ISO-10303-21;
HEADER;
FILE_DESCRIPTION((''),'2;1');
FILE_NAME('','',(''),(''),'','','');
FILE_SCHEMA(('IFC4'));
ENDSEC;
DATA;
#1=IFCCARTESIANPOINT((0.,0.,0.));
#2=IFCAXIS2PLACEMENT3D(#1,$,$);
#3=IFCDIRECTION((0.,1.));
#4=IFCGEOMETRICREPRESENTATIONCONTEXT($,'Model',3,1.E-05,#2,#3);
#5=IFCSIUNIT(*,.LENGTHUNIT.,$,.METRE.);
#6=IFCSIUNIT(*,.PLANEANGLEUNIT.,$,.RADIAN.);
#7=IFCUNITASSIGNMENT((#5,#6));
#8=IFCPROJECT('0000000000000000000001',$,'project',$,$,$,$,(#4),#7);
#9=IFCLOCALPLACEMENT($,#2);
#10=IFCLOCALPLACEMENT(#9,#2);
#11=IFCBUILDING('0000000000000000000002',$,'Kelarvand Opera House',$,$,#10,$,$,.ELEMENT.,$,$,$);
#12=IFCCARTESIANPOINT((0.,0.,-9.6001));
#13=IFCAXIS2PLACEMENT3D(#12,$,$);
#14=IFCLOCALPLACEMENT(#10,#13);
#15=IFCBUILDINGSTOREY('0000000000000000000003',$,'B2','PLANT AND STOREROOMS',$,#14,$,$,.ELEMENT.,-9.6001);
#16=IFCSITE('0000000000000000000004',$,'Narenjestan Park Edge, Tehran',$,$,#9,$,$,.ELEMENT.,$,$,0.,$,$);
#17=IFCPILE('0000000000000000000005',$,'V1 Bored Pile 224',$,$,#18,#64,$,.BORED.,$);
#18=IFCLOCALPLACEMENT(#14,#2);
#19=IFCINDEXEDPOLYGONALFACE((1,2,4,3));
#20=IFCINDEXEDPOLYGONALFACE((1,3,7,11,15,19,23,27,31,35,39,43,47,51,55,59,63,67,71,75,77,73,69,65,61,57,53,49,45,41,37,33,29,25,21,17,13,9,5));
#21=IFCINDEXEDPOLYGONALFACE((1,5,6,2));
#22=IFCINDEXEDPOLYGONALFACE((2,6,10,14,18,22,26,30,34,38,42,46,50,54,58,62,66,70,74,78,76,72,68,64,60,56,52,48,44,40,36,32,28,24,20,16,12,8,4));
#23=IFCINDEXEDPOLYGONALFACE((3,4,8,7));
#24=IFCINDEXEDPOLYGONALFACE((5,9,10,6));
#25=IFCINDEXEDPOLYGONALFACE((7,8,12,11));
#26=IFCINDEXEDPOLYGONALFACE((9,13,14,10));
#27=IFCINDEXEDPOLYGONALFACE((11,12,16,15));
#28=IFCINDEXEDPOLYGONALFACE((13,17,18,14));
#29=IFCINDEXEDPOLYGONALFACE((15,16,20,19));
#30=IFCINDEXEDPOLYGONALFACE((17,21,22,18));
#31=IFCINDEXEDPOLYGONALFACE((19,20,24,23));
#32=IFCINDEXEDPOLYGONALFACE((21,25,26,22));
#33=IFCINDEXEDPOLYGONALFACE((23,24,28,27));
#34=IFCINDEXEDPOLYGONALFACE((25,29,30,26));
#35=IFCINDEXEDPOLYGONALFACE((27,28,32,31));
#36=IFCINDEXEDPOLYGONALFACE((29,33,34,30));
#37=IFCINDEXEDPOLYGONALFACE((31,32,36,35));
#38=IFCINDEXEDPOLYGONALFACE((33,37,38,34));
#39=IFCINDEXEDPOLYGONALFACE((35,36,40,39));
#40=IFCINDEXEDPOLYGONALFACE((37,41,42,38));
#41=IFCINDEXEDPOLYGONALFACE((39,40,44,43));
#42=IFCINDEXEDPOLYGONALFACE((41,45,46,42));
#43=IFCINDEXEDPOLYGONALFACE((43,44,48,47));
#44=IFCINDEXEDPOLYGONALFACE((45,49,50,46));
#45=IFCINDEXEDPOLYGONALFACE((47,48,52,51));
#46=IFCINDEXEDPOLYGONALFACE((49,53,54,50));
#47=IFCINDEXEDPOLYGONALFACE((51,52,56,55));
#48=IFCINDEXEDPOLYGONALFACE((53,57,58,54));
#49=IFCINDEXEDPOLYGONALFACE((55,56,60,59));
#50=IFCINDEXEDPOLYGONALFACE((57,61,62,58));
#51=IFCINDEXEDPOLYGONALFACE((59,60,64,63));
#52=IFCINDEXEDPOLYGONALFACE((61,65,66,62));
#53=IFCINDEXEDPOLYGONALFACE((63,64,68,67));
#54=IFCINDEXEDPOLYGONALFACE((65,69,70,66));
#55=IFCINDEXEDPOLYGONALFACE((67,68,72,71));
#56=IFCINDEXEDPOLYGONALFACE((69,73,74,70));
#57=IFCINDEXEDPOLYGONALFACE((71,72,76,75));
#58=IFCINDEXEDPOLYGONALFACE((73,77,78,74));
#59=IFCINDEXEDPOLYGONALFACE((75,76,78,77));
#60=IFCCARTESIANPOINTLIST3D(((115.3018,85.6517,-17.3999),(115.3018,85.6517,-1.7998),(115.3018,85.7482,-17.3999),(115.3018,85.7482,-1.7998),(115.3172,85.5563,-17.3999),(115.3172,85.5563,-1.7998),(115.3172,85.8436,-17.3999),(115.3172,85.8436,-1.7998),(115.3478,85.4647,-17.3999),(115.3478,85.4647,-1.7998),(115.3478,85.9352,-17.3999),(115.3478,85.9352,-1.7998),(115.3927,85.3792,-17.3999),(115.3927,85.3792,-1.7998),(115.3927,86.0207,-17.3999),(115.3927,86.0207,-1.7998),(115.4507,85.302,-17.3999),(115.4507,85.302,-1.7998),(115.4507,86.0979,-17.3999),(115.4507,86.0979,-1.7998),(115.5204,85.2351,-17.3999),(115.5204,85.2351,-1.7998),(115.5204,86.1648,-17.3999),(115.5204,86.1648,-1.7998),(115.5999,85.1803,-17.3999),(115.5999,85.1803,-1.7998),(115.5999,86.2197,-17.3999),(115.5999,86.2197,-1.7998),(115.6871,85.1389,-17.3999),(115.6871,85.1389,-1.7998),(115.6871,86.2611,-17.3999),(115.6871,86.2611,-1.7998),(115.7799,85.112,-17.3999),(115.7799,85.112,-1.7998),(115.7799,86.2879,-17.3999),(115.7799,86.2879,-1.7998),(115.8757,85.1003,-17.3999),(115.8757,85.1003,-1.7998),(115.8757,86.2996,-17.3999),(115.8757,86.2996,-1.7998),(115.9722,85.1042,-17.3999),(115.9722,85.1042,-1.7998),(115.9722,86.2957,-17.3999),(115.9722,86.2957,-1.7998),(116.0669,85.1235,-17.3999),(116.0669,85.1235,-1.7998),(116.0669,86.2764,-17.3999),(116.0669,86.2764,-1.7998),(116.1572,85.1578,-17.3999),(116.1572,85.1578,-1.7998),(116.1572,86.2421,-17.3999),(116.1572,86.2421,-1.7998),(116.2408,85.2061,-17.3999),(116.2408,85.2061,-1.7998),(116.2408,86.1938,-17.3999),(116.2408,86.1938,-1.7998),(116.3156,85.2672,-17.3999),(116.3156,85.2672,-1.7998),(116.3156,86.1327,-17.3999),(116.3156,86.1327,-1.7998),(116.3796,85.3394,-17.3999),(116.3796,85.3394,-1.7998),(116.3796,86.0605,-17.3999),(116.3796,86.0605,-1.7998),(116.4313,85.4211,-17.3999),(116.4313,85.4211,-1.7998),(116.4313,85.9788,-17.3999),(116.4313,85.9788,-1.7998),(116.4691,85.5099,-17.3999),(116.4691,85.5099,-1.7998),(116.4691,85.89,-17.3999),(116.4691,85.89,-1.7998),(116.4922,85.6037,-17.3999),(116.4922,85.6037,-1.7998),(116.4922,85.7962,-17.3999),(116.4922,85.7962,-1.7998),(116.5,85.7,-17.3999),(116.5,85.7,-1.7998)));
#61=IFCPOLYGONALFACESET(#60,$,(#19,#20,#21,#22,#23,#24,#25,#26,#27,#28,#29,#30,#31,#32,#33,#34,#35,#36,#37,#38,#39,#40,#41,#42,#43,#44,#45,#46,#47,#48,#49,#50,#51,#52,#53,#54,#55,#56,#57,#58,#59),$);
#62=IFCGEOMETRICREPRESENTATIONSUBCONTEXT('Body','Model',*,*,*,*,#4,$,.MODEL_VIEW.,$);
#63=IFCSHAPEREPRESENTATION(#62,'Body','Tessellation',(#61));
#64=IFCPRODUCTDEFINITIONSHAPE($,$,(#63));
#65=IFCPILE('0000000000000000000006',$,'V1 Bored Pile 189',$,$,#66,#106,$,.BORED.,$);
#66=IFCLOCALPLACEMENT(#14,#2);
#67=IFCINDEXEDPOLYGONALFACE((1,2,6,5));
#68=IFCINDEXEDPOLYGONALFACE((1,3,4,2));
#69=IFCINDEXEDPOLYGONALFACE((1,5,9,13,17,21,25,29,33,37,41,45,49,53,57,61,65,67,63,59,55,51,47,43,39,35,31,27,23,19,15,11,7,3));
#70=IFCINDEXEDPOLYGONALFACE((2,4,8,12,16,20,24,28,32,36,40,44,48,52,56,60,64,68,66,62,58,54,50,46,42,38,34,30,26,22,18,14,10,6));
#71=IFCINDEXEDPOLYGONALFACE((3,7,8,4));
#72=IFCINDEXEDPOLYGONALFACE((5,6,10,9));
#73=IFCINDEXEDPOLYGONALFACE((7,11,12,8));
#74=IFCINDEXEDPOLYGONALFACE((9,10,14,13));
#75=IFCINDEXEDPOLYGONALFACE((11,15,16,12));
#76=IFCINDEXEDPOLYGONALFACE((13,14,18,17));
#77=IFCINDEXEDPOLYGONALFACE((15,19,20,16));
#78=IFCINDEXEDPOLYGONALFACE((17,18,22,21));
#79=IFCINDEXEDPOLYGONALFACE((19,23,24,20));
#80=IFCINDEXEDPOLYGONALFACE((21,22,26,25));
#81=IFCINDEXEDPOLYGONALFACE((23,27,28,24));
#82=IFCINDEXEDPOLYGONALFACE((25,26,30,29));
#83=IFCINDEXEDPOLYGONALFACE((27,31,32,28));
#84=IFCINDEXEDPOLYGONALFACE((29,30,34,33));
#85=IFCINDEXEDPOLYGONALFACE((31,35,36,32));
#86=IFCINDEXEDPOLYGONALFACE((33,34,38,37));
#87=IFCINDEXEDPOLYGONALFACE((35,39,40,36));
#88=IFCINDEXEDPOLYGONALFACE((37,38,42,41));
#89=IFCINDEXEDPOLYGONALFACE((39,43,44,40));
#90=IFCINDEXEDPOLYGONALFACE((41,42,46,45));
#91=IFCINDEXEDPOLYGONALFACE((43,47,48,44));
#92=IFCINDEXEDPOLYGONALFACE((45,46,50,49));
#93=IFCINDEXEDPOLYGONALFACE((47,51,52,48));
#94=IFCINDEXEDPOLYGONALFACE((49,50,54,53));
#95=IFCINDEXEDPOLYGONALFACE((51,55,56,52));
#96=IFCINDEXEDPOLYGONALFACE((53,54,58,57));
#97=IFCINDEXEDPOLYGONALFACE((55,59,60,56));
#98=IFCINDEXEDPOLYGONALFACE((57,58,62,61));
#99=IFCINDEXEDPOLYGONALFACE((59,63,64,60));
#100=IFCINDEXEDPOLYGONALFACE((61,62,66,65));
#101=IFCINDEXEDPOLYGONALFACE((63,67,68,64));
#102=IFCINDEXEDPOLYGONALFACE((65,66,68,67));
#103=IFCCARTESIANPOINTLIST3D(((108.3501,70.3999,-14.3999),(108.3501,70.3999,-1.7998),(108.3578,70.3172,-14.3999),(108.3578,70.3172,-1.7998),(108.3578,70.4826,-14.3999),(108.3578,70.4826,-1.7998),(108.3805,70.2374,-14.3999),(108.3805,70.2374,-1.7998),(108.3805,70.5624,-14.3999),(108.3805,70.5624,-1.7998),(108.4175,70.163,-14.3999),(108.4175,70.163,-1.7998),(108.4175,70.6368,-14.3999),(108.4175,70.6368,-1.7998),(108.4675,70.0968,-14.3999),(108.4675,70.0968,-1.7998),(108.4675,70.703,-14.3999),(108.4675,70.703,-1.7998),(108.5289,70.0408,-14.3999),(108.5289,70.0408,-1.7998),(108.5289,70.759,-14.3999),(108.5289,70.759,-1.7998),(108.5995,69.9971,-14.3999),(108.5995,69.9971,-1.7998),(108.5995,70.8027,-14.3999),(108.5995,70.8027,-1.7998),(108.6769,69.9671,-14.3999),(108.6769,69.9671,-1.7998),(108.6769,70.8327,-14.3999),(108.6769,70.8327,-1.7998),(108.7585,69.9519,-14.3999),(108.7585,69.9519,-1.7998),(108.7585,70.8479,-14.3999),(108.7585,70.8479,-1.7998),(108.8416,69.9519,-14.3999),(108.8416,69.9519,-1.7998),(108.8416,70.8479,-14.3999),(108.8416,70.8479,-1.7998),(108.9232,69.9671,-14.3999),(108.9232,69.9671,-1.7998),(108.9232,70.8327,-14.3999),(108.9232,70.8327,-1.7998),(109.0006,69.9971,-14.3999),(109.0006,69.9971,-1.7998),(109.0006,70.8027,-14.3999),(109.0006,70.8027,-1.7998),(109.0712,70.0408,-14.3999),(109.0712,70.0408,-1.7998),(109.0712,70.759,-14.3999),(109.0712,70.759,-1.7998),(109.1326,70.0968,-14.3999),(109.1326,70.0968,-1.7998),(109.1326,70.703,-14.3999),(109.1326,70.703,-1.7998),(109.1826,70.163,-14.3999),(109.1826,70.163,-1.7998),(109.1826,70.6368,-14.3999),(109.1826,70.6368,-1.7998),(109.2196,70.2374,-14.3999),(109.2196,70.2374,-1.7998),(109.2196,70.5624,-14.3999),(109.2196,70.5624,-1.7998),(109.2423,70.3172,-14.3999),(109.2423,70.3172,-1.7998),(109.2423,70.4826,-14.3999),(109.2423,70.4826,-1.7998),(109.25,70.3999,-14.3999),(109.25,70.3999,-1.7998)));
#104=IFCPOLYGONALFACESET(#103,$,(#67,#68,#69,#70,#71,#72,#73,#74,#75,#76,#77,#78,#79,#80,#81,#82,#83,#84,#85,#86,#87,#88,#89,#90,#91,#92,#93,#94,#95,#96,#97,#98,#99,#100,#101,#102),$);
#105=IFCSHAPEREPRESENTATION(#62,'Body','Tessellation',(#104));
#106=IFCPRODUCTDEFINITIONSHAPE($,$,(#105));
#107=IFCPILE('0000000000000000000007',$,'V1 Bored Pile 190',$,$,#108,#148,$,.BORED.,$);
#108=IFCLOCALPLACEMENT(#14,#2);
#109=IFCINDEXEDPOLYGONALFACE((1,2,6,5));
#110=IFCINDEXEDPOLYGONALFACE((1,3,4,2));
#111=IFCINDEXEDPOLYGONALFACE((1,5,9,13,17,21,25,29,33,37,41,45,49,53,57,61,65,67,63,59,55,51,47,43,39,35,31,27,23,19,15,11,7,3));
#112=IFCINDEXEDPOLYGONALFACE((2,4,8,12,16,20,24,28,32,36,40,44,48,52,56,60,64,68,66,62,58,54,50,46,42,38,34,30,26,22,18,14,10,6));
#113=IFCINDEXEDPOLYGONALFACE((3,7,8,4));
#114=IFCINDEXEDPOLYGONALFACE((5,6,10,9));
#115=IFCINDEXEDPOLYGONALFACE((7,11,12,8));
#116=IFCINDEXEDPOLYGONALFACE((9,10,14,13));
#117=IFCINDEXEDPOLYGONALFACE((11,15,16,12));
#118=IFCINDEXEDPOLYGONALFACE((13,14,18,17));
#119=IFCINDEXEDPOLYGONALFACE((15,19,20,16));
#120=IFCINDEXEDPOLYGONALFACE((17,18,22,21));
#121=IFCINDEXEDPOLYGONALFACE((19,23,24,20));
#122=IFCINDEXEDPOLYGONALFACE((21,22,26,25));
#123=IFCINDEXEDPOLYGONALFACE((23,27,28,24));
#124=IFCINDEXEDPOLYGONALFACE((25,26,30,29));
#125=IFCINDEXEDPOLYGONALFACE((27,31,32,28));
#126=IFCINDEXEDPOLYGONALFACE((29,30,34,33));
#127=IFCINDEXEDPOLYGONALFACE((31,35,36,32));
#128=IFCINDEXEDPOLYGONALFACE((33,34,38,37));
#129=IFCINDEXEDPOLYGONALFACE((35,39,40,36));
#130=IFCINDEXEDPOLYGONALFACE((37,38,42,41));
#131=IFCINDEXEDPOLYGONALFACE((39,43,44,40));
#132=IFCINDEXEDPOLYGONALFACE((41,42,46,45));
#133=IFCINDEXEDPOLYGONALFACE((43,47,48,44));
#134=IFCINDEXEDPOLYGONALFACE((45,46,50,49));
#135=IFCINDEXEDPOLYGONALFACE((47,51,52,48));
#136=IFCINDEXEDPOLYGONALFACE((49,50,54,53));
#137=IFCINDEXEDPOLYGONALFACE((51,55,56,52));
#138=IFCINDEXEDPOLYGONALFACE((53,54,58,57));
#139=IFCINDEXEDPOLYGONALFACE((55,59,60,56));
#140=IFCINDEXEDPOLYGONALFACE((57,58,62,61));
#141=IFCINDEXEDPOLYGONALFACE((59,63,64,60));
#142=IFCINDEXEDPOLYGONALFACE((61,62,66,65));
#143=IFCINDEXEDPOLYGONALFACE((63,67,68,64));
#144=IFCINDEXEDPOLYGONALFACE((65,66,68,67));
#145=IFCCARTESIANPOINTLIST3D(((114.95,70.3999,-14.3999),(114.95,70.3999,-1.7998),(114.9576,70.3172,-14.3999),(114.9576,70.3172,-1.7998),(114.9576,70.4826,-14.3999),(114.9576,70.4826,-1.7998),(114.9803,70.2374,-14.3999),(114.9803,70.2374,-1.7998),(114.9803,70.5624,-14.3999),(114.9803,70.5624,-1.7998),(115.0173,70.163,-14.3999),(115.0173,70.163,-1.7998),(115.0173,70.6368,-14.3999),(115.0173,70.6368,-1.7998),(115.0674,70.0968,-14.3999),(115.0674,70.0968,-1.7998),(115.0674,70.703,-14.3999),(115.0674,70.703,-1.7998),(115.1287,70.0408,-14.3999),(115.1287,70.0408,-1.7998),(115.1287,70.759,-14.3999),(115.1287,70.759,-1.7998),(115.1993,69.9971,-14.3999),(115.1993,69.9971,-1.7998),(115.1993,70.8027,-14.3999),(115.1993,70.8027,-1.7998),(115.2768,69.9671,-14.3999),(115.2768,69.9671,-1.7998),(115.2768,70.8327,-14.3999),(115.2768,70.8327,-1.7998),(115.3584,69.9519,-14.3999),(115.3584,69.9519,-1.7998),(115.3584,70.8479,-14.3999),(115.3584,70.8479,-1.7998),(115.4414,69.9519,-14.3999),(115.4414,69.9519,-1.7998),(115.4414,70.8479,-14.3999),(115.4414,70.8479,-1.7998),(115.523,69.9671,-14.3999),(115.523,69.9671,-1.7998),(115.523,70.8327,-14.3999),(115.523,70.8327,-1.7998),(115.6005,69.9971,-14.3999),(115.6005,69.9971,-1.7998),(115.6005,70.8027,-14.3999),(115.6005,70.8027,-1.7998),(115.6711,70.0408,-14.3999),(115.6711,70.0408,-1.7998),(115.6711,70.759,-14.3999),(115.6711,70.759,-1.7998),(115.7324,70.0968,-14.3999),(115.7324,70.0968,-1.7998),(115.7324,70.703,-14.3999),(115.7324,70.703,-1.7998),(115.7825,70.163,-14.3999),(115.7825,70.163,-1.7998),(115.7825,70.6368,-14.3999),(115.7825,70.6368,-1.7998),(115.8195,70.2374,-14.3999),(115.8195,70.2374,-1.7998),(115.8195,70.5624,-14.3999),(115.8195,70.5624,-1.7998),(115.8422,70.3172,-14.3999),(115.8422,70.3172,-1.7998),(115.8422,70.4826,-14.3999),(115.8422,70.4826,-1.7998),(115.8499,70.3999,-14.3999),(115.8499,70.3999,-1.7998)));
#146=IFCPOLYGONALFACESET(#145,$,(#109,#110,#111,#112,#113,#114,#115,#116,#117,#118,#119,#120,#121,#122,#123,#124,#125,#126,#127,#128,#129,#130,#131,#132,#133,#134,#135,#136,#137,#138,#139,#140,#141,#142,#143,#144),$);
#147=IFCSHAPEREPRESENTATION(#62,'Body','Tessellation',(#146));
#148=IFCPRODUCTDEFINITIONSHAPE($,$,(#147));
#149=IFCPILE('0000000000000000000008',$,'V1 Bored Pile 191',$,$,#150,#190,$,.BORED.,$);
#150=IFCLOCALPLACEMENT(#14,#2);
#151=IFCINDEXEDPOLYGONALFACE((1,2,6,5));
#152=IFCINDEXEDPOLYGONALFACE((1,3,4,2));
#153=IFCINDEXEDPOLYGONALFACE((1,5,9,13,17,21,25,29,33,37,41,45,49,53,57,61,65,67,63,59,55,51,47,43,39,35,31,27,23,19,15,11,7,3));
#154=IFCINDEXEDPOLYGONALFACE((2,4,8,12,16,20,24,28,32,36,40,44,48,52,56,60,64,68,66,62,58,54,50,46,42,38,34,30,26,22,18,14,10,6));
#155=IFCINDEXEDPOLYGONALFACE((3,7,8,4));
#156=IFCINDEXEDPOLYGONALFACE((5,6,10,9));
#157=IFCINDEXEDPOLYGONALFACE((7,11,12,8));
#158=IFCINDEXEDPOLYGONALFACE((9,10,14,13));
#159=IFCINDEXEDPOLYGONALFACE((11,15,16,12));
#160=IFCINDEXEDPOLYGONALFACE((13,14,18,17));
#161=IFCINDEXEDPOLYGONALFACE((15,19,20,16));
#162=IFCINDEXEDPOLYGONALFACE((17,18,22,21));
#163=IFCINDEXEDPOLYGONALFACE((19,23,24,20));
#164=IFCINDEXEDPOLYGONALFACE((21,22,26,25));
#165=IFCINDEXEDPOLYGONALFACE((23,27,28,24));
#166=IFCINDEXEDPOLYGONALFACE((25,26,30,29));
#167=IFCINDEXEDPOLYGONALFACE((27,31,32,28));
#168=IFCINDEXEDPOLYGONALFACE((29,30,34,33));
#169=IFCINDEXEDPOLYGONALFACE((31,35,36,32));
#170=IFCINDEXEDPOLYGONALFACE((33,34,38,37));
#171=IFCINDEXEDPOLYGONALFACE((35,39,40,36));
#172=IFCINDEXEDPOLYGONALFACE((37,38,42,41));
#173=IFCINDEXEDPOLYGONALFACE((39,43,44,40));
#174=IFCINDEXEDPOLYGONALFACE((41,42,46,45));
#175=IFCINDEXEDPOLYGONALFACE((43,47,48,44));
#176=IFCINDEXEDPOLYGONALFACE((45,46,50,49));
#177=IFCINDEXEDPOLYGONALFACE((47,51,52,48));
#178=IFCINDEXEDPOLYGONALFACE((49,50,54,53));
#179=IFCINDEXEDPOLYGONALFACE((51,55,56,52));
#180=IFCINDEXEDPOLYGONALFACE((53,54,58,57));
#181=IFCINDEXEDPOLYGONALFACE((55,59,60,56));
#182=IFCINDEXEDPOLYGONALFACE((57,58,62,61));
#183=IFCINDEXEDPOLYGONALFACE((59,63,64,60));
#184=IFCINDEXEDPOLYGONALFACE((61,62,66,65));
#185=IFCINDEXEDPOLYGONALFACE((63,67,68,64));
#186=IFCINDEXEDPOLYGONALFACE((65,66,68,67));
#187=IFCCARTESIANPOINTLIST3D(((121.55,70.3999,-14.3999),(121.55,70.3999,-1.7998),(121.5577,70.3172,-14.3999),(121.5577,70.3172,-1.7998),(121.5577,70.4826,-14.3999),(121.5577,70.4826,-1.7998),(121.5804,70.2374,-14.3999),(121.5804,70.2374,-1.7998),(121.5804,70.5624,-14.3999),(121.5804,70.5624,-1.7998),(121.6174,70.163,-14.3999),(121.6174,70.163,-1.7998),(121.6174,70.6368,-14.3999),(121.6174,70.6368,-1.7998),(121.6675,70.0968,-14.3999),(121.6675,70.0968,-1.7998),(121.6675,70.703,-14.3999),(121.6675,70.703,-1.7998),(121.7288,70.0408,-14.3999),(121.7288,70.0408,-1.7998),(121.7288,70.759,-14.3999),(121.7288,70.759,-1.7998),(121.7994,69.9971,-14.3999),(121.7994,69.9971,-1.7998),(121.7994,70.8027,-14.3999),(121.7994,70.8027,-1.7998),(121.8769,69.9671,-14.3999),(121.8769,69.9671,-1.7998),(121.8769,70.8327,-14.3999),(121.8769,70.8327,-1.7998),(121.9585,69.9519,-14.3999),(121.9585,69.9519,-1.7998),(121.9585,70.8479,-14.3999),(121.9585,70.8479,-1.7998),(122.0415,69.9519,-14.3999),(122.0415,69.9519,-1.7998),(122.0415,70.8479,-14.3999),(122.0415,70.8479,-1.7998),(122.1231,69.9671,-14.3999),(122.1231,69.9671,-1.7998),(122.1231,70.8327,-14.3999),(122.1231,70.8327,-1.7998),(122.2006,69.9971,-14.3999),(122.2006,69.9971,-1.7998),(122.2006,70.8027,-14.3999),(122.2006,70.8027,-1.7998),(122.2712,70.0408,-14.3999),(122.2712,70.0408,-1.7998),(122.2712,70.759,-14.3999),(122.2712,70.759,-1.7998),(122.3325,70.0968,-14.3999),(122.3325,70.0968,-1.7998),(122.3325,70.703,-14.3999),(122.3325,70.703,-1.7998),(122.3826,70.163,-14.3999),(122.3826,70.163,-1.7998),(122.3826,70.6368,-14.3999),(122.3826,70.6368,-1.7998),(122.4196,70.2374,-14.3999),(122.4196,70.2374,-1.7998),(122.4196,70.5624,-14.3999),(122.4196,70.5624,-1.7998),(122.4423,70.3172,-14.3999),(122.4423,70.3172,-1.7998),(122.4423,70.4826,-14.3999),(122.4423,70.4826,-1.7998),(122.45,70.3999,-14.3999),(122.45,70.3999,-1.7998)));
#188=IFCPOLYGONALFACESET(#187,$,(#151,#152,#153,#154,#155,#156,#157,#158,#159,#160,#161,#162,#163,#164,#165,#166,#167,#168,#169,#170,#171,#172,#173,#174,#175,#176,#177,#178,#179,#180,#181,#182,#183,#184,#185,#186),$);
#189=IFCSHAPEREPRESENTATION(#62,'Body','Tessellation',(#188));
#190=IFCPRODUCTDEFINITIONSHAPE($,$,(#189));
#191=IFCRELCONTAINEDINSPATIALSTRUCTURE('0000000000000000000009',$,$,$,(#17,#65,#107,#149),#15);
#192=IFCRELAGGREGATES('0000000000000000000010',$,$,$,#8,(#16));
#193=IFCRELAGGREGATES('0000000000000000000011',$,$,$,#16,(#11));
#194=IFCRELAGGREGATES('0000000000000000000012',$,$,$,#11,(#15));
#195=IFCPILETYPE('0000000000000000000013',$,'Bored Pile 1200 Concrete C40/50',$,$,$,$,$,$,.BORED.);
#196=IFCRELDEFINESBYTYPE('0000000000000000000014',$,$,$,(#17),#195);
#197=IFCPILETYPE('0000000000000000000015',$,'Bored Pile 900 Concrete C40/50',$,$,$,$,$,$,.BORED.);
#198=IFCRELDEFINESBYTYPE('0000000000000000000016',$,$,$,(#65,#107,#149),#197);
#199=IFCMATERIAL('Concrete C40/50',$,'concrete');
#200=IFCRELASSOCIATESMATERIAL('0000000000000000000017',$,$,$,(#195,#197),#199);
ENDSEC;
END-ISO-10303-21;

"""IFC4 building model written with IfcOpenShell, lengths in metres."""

from ifc_helpers import new_model, si_unit, direction, frame, origin, origin_2d, place, context, subcontext, project, spatial, circle, extrude, material, material_profile, profile_set, type_object, element, save


model = new_model("IFC4")

# Units and contexts
model_context = context("Model", 3, precision=1e-05, world=origin(), true_north=direction((0.0, 1.0)))
body_context = subcontext(model_context, "Body", "Model", "MODEL_VIEW")
ifc_project = project(units=[si_unit("LENGTHUNIT", "METRE"), si_unit("PLANEANGLEUNIT", "RADIAN")], contexts=[model_context])

# Site, building, storey
site_placement = place(None, origin())
site = spatial("IfcSite", under=ifc_project, at=site_placement, Name="Narenjestan Park Edge, Tehran", CompositionType="ELEMENT", RefElevation=0.0)
building_placement = place(site_placement, origin())
building = spatial("IfcBuilding", under=site, at=building_placement, Name="Kelarvand Opera House", CompositionType="ELEMENT")
storey_placement = place(building_placement, frame((0.0, 0.0, -9.6001)))
storey = spatial("IfcBuildingStorey", under=building, at=storey_placement, Name="B2", Description="PLANT AND STOREROOMS", CompositionType="ELEMENT", Elevation=-9.6001)

# Piles
ifc_material_1 = material(Name="Concrete C40/50", Category="concrete")
ifc_material_profile_1 = material_profile(ifc_material_1, circle(Radius=0.6001, at=origin_2d()), Name="BP 1200", Category="concrete")
ifc_profile_set_1 = profile_set([ifc_material_profile_1], Name="Concrete C40/50")
pile_type_1 = type_object("IfcPileType", Name="Bored Pile 1200 Concrete C40/50", PredefinedType="BORED", material=ifc_profile_set_1)
pile_placement = place(storey_placement, frame((115.8999, 85.7, -1.7998), z_axis=(0.0, 0.0, -1.0), x_axis=(1.0, 0.0, 0.0)))
element("IfcPile", 1, at=pile_placement, inside=storey, type_object=pile_type_1, Name="V1 Bored Pile 224", PredefinedType="BORED", context=body_context, shape_type="SweptSolid", body=[
    extrude(circle(Radius=0.6001, at=origin_2d()), origin(), (0.0, 0.0, 1.0), 15.6001),
])
ifc_material_profile_2 = material_profile(ifc_material_1, circle(Radius=0.45, at=origin_2d()), Name="BP 900", Category="concrete")
ifc_profile_set_2 = profile_set([ifc_material_profile_2], Name="Concrete C40/50")
pile_type_2 = type_object("IfcPileType", Name="Bored Pile 900 Concrete C40/50", PredefinedType="BORED", material=ifc_profile_set_2)
for number, where, z_axis, x_axis, name in (
    (2, (108.8, 70.3999, -1.7998), (0.0, 0.0, -1.0), (1.0, 0.0, 0.0), "V1 Bored Pile 189"),
    (3, (115.3999, 70.3999, -1.7998), (0.0, 0.0, -1.0), (1.0, 0.0, 0.0), "V1 Bored Pile 190"),
    (4, (122.0, 70.3999, -1.7998), (0.0, 0.0, -1.0), (1.0, 0.0, 0.0), "V1 Bored Pile 191"),
):
    element("IfcPile", number, at=place(storey_placement, frame(where, z_axis=z_axis, x_axis=x_axis)), inside=storey, type_object=pile_type_2, Name=name, PredefinedType="BORED", context=body_context, shape_type="SweptSolid", body=[
        extrude(circle(Radius=0.45, at=origin_2d()), origin(), (0.0, 0.0, 1.0), 12.6001),
    ])

save(model, "model.ifc")
